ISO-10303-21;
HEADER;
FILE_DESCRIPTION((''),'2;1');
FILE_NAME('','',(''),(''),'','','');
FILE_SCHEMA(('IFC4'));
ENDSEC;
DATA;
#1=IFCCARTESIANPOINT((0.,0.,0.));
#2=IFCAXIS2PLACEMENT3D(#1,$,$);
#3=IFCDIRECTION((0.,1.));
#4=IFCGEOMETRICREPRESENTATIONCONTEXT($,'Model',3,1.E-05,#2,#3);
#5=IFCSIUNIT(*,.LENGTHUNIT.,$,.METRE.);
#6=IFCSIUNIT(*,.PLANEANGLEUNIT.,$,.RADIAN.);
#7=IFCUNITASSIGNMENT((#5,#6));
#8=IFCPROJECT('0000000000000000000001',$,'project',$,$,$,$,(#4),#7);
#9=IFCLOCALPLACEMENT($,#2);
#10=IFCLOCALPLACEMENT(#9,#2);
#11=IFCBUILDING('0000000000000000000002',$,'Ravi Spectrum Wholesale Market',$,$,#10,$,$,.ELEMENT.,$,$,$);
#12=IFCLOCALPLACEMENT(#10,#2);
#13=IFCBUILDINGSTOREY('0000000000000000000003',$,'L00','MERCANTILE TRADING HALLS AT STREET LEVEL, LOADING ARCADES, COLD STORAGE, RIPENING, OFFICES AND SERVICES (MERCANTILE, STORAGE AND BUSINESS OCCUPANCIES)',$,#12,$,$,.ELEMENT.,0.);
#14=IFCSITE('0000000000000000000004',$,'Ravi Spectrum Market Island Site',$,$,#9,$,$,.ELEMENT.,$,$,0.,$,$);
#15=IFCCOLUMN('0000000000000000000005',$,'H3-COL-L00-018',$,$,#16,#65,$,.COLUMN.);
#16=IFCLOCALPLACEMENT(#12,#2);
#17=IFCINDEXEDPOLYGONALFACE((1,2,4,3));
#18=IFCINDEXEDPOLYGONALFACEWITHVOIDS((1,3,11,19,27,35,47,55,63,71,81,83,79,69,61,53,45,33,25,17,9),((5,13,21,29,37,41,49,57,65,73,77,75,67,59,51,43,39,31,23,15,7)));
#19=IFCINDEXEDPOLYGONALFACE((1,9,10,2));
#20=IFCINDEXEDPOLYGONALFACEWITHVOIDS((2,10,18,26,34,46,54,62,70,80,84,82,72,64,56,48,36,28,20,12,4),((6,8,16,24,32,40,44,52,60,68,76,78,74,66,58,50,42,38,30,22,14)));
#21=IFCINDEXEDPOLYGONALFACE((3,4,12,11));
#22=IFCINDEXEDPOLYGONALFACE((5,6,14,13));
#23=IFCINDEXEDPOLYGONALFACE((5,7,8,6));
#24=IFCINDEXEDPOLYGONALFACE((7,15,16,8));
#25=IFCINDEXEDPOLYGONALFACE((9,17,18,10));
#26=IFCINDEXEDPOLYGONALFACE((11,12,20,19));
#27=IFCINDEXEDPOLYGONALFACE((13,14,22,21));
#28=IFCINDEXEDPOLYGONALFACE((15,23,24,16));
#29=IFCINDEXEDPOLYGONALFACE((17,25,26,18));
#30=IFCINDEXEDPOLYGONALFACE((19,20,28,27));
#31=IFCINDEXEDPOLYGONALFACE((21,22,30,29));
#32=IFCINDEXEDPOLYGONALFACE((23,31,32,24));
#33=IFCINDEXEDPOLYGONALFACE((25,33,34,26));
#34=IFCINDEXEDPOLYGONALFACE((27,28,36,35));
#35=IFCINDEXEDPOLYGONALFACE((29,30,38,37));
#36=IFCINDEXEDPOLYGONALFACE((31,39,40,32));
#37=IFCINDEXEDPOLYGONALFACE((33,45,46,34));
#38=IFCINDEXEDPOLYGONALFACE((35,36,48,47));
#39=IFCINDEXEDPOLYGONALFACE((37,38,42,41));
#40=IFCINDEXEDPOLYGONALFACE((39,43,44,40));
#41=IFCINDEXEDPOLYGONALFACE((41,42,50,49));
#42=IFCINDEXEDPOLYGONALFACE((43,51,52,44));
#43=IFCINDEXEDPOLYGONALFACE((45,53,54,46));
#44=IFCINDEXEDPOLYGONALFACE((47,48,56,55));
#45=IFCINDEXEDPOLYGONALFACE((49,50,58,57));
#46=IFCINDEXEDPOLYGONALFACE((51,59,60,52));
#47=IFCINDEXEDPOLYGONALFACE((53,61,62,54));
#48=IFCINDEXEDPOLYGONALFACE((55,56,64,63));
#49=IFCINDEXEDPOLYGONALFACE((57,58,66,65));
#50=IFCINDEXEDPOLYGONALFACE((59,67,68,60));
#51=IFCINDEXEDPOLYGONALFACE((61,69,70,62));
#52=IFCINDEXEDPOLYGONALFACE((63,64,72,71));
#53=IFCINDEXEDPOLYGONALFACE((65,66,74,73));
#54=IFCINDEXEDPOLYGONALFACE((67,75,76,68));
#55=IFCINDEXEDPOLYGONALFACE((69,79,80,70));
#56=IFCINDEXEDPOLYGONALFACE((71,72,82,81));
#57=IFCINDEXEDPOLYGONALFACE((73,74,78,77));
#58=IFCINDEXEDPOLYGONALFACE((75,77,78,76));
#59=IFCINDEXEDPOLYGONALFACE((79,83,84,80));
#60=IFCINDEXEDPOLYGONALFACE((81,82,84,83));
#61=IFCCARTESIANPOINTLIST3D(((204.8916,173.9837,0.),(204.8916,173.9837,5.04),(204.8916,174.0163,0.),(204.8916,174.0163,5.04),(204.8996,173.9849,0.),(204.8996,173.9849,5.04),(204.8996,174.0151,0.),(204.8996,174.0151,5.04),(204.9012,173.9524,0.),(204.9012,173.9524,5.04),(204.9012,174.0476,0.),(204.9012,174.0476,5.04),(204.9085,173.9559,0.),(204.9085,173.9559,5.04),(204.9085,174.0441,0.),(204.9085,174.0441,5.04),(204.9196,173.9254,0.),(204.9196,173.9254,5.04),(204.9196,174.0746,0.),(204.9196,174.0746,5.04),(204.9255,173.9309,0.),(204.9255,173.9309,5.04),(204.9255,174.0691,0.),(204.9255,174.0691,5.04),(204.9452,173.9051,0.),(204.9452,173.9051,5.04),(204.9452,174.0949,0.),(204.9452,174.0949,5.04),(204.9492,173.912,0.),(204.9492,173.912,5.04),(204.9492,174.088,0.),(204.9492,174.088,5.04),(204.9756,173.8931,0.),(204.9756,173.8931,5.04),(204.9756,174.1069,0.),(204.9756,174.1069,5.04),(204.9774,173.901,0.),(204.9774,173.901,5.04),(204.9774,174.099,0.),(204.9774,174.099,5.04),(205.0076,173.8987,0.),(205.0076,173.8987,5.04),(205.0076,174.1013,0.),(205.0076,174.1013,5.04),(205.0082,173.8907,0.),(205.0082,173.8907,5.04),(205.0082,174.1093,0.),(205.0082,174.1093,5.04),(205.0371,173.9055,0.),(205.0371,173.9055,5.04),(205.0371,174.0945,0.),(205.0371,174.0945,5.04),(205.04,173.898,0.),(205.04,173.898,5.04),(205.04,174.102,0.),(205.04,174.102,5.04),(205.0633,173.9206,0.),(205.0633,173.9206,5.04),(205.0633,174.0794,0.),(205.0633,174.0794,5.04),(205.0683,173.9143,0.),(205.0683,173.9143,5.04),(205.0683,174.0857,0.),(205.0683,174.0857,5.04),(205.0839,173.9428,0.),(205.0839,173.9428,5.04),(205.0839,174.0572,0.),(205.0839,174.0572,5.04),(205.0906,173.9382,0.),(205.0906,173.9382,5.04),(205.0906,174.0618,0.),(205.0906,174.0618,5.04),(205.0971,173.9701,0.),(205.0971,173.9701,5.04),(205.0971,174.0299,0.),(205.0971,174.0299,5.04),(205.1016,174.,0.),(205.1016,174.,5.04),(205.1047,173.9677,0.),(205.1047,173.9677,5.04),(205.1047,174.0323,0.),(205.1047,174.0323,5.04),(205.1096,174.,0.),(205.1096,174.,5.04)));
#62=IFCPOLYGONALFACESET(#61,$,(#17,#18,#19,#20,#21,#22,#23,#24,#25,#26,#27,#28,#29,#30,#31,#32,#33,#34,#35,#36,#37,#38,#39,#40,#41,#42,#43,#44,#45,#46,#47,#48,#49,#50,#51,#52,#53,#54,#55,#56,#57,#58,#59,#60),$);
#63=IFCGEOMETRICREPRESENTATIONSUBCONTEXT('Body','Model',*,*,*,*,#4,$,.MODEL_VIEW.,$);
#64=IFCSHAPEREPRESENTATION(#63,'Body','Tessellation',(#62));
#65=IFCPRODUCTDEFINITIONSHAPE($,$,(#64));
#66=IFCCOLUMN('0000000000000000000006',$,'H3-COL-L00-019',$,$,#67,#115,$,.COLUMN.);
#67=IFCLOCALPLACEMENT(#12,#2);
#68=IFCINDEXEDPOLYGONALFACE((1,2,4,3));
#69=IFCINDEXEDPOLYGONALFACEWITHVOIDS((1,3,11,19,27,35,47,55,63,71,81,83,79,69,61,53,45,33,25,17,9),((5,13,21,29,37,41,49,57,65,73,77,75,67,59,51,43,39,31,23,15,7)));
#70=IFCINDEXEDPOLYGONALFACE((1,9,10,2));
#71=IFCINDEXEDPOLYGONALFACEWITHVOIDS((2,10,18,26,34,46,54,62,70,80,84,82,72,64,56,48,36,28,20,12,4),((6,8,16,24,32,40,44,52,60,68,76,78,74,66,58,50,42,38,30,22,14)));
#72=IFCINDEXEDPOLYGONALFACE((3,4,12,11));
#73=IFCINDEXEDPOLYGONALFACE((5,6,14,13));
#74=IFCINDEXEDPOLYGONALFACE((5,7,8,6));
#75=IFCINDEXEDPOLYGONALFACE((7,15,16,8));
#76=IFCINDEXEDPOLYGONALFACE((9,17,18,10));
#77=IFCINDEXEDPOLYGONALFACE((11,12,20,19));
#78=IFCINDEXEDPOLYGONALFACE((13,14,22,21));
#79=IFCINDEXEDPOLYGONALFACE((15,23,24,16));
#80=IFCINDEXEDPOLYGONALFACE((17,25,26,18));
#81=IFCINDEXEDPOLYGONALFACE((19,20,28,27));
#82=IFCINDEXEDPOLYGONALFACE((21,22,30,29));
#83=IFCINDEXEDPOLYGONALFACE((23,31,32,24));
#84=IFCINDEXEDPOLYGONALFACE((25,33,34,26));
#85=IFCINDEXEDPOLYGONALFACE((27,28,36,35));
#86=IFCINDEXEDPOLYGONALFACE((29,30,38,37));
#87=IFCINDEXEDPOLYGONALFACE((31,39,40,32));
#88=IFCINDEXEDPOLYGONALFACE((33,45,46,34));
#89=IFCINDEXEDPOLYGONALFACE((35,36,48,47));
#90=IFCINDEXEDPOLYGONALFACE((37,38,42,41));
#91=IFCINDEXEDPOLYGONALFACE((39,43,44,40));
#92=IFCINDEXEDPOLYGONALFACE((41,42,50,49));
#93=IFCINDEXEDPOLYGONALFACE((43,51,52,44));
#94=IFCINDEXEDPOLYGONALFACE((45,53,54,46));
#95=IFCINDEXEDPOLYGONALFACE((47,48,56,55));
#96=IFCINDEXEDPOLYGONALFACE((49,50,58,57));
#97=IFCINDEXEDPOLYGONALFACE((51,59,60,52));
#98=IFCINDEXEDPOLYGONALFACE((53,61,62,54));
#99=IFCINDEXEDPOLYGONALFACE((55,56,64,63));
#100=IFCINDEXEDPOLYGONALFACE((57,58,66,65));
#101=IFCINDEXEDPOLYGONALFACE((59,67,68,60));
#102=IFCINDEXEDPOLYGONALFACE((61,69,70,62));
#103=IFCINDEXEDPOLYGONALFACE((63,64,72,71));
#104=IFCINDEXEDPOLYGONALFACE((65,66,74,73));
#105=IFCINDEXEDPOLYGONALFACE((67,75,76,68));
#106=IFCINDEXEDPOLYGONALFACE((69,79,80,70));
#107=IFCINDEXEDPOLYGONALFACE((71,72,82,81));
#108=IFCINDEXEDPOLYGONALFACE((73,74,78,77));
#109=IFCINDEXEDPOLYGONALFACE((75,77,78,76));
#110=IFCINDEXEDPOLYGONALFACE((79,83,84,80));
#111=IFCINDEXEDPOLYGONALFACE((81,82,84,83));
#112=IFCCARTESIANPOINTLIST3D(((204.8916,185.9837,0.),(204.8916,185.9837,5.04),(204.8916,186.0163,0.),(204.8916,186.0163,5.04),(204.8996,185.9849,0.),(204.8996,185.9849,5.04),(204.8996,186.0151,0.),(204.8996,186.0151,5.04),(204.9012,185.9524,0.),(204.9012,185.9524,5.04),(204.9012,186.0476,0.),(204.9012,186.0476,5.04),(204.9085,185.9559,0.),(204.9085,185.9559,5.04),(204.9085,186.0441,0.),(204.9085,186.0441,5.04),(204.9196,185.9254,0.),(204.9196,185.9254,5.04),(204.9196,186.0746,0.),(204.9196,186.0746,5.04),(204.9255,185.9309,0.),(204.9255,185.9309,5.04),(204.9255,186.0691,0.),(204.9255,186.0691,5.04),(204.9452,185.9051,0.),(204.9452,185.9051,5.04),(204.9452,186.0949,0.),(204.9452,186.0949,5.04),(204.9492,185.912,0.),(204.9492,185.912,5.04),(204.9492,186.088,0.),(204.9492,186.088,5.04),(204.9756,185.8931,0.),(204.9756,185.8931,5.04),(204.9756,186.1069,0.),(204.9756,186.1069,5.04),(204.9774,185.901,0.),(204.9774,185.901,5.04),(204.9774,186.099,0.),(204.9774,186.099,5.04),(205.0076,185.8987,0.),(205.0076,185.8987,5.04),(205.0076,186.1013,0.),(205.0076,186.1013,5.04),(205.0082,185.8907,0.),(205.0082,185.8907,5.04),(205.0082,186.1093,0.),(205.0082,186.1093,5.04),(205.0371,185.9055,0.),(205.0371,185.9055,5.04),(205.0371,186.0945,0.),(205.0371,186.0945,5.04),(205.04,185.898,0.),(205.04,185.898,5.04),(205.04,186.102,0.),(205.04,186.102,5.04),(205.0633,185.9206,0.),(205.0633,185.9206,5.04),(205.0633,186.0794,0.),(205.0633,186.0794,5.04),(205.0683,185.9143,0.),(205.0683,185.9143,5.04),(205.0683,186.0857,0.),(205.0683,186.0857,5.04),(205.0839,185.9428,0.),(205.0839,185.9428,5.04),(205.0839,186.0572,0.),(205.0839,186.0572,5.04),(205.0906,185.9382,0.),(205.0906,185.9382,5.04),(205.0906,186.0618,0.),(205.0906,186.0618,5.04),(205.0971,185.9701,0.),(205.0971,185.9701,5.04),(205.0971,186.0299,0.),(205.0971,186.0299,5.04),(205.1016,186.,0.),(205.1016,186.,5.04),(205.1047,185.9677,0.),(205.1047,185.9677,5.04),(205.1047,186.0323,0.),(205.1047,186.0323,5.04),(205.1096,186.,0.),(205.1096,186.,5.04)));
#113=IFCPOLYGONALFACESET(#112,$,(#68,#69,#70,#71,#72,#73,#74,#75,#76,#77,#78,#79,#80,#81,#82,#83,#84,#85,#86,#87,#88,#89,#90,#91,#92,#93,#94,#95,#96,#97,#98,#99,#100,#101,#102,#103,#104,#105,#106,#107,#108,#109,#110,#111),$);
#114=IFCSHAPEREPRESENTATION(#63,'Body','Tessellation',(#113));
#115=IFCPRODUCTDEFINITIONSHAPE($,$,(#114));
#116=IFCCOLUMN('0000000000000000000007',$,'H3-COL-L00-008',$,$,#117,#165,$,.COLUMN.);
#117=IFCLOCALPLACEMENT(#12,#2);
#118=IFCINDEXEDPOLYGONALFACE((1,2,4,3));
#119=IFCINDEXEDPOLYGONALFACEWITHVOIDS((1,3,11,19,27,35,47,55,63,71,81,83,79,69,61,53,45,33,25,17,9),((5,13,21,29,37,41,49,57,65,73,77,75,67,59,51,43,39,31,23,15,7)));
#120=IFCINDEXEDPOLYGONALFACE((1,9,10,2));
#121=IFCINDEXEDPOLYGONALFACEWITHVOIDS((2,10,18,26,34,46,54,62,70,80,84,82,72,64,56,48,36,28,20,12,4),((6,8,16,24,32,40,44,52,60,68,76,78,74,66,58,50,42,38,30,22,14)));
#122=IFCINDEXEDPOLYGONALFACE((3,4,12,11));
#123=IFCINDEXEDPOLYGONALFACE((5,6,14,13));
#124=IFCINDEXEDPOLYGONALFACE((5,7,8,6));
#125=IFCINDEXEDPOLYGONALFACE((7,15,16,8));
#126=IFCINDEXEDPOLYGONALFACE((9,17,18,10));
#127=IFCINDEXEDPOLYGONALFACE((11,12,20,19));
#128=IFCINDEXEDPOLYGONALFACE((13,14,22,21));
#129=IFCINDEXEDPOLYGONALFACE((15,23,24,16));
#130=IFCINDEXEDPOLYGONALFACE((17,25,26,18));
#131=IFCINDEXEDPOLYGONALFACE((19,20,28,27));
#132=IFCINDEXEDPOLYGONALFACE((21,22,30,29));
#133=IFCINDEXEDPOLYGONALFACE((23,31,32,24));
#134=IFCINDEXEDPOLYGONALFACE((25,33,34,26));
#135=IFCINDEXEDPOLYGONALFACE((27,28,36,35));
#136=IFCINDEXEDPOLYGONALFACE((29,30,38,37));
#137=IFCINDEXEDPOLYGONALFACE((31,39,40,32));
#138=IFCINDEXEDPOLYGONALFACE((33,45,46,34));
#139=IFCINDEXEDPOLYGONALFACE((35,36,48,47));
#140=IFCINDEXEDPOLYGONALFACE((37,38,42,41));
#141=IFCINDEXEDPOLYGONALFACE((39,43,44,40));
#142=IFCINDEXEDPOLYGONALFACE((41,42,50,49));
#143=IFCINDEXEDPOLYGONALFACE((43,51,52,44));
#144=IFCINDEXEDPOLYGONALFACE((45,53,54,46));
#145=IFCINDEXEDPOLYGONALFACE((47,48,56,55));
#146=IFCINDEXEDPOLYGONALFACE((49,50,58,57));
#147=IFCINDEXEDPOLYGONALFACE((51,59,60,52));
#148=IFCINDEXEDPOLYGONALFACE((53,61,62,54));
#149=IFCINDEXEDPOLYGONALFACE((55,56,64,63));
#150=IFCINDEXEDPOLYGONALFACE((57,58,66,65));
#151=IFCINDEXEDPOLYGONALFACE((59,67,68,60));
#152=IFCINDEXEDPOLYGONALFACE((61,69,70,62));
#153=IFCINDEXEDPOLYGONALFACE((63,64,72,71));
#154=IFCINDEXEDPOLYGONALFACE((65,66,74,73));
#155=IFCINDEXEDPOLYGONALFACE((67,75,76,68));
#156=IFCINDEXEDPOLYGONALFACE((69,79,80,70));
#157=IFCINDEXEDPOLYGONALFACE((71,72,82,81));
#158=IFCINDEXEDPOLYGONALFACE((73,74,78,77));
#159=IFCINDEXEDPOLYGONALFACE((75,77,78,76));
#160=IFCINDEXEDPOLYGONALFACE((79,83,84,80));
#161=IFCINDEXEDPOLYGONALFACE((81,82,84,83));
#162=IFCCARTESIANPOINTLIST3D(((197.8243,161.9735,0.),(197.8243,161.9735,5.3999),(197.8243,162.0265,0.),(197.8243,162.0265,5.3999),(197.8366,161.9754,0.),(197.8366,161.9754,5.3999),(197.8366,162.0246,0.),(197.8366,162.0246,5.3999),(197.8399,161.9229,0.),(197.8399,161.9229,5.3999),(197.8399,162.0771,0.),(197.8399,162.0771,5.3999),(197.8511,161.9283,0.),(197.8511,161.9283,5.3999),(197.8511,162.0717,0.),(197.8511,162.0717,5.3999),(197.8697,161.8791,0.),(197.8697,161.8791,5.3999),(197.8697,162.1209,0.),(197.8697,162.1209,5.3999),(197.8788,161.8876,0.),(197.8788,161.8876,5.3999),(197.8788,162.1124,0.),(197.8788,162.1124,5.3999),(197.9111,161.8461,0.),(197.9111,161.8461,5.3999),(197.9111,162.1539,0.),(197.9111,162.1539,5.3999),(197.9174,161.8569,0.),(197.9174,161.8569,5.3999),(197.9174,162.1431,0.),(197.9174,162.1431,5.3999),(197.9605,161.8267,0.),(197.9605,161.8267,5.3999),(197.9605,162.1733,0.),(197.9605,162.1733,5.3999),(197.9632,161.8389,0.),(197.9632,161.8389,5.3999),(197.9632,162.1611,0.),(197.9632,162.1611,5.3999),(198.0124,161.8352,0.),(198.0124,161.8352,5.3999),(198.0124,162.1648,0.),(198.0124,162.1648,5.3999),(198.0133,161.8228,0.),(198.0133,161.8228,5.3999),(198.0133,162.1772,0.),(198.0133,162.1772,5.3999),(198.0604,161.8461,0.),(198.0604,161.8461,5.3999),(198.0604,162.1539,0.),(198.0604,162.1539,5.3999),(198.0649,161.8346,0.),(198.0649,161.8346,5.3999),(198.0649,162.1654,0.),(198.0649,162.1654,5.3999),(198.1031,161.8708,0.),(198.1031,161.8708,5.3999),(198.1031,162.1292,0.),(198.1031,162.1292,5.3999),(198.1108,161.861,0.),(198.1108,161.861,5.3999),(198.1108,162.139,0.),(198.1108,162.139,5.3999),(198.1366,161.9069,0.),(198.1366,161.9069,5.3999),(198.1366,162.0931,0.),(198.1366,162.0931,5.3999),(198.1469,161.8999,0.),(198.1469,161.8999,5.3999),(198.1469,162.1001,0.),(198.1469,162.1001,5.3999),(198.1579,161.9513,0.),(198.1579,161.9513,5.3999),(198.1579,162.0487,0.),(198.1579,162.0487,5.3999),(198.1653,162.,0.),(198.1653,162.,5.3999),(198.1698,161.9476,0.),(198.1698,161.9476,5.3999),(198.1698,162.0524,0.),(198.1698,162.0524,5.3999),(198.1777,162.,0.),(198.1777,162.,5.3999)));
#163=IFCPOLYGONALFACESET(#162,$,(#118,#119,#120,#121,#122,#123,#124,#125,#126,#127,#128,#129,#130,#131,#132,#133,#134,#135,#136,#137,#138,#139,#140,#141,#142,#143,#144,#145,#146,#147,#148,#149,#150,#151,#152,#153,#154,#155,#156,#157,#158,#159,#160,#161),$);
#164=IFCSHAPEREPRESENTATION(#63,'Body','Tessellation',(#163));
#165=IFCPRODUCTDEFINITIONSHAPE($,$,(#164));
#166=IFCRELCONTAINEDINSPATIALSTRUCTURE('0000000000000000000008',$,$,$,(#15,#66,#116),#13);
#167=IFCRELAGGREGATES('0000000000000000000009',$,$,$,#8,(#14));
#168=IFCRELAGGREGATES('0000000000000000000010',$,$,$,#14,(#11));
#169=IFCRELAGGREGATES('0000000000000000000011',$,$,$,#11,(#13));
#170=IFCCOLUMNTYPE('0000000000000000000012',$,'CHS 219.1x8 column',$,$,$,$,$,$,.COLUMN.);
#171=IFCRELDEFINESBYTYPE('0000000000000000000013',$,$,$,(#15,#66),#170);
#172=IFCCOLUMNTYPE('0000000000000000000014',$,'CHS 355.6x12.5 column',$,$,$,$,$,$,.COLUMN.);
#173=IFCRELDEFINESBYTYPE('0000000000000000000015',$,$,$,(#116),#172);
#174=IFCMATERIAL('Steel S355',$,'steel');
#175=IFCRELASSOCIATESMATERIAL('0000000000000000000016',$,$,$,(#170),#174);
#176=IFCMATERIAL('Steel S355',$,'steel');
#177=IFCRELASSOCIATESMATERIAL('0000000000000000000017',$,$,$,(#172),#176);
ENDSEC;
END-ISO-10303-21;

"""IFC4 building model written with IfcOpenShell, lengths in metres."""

from ifc_helpers import new_model, si_unit, direction, frame, origin, origin_2d, place, context, subcontext, project, spatial, hollow_circle, extrude, material, material_profile, profile_set, type_object, element, save


model = new_model("IFC4")

# Units and contexts
model_context = context("Model", 3, precision=1e-05, world=origin(), true_north=direction((0.0, 1.0)))
body_context = subcontext(model_context, "Body", "Model", "MODEL_VIEW")
ifc_project = project(units=[si_unit("LENGTHUNIT", "METRE"), si_unit("PLANEANGLEUNIT", "RADIAN")], contexts=[model_context])

# Site, building, storey
site_placement = place(None, origin())
site = spatial("IfcSite", under=ifc_project, at=site_placement, Name="Ravi Spectrum Market Island Site", CompositionType="ELEMENT", RefElevation=0.0)
building_placement = place(site_placement, origin())
building = spatial("IfcBuilding", under=site, at=building_placement, Name="Ravi Spectrum Wholesale Market", CompositionType="ELEMENT")
storey_placement = place(building_placement, origin())
storey = spatial("IfcBuildingStorey", under=building, at=storey_placement, Name="L00", Description="MERCANTILE TRADING HALLS AT STREET LEVEL, LOADING ARCADES, COLD STORAGE, RIPENING, OFFICES AND SERVICES (MERCANTILE, STORAGE AND BUSINESS OCCUPANCIES)", CompositionType="ELEMENT", Elevation=0.0)

# Columns
ifc_material_1 = material(Name="Steel S355", Category="steel")
ifc_material_profile_1 = material_profile(ifc_material_1, hollow_circle(Radius=0.1096, WallThickness=0.0081, at=origin_2d()))
ifc_profile_set_1 = profile_set([ifc_material_profile_1], Name="Steel S355")
column_type_1 = type_object("IfcColumnType", Name="CHS 219.1x8 column", PredefinedType="COLUMN", material=ifc_profile_set_1)
for number, where, z_axis, x_axis, name in (
    (1, (205.0, 174.0, 0.0), (0.0, 0.0, 1.0), (1.0, 0.0, 0.0), "H3-COL-L00-018"),
    (2, (205.0, 186.0, 0.0), (0.0, 0.0, 1.0), (1.0, 0.0, 0.0), "H3-COL-L00-019"),
):
    element("IfcColumn", number, at=place(storey_placement, frame(where, z_axis=z_axis, x_axis=x_axis)), inside=storey, type_object=column_type_1, Name=name, PredefinedType="COLUMN", context=body_context, shape_type="SweptSolid", body=[
        extrude(hollow_circle(Radius=0.1096, WallThickness=0.0081, at=origin_2d()), origin(), (0.0, 0.0, 1.0), 5.04),
    ])
ifc_material_2 = material(Name="Steel S355", Category="steel")
ifc_material_profile_2 = material_profile(ifc_material_2, hollow_circle(Radius=0.1777, WallThickness=0.0125, at=origin_2d()))
ifc_profile_set_2 = profile_set([ifc_material_profile_2], Name="Steel S355")
column_type_2 = type_object("IfcColumnType", Name="CHS 355.6x12.5 column", PredefinedType="COLUMN", material=ifc_profile_set_2)
for number, where, z_axis, x_axis, name in (
    (3, (198.0, 162.0, 0.0), (0.0, 0.0, 1.0), (1.0, 0.0, 0.0), "H3-COL-L00-008"),
):
    element("IfcColumn", number, at=place(storey_placement, frame(where, z_axis=z_axis, x_axis=x_axis)), inside=storey, type_object=column_type_2, Name=name, PredefinedType="COLUMN", context=body_context, shape_type="SweptSolid", body=[
        extrude(hollow_circle(Radius=0.1777, WallThickness=0.0125, at=origin_2d()), origin(), (0.0, 0.0, 1.0), 5.3999),
    ])

save(model, "model.ifc")
